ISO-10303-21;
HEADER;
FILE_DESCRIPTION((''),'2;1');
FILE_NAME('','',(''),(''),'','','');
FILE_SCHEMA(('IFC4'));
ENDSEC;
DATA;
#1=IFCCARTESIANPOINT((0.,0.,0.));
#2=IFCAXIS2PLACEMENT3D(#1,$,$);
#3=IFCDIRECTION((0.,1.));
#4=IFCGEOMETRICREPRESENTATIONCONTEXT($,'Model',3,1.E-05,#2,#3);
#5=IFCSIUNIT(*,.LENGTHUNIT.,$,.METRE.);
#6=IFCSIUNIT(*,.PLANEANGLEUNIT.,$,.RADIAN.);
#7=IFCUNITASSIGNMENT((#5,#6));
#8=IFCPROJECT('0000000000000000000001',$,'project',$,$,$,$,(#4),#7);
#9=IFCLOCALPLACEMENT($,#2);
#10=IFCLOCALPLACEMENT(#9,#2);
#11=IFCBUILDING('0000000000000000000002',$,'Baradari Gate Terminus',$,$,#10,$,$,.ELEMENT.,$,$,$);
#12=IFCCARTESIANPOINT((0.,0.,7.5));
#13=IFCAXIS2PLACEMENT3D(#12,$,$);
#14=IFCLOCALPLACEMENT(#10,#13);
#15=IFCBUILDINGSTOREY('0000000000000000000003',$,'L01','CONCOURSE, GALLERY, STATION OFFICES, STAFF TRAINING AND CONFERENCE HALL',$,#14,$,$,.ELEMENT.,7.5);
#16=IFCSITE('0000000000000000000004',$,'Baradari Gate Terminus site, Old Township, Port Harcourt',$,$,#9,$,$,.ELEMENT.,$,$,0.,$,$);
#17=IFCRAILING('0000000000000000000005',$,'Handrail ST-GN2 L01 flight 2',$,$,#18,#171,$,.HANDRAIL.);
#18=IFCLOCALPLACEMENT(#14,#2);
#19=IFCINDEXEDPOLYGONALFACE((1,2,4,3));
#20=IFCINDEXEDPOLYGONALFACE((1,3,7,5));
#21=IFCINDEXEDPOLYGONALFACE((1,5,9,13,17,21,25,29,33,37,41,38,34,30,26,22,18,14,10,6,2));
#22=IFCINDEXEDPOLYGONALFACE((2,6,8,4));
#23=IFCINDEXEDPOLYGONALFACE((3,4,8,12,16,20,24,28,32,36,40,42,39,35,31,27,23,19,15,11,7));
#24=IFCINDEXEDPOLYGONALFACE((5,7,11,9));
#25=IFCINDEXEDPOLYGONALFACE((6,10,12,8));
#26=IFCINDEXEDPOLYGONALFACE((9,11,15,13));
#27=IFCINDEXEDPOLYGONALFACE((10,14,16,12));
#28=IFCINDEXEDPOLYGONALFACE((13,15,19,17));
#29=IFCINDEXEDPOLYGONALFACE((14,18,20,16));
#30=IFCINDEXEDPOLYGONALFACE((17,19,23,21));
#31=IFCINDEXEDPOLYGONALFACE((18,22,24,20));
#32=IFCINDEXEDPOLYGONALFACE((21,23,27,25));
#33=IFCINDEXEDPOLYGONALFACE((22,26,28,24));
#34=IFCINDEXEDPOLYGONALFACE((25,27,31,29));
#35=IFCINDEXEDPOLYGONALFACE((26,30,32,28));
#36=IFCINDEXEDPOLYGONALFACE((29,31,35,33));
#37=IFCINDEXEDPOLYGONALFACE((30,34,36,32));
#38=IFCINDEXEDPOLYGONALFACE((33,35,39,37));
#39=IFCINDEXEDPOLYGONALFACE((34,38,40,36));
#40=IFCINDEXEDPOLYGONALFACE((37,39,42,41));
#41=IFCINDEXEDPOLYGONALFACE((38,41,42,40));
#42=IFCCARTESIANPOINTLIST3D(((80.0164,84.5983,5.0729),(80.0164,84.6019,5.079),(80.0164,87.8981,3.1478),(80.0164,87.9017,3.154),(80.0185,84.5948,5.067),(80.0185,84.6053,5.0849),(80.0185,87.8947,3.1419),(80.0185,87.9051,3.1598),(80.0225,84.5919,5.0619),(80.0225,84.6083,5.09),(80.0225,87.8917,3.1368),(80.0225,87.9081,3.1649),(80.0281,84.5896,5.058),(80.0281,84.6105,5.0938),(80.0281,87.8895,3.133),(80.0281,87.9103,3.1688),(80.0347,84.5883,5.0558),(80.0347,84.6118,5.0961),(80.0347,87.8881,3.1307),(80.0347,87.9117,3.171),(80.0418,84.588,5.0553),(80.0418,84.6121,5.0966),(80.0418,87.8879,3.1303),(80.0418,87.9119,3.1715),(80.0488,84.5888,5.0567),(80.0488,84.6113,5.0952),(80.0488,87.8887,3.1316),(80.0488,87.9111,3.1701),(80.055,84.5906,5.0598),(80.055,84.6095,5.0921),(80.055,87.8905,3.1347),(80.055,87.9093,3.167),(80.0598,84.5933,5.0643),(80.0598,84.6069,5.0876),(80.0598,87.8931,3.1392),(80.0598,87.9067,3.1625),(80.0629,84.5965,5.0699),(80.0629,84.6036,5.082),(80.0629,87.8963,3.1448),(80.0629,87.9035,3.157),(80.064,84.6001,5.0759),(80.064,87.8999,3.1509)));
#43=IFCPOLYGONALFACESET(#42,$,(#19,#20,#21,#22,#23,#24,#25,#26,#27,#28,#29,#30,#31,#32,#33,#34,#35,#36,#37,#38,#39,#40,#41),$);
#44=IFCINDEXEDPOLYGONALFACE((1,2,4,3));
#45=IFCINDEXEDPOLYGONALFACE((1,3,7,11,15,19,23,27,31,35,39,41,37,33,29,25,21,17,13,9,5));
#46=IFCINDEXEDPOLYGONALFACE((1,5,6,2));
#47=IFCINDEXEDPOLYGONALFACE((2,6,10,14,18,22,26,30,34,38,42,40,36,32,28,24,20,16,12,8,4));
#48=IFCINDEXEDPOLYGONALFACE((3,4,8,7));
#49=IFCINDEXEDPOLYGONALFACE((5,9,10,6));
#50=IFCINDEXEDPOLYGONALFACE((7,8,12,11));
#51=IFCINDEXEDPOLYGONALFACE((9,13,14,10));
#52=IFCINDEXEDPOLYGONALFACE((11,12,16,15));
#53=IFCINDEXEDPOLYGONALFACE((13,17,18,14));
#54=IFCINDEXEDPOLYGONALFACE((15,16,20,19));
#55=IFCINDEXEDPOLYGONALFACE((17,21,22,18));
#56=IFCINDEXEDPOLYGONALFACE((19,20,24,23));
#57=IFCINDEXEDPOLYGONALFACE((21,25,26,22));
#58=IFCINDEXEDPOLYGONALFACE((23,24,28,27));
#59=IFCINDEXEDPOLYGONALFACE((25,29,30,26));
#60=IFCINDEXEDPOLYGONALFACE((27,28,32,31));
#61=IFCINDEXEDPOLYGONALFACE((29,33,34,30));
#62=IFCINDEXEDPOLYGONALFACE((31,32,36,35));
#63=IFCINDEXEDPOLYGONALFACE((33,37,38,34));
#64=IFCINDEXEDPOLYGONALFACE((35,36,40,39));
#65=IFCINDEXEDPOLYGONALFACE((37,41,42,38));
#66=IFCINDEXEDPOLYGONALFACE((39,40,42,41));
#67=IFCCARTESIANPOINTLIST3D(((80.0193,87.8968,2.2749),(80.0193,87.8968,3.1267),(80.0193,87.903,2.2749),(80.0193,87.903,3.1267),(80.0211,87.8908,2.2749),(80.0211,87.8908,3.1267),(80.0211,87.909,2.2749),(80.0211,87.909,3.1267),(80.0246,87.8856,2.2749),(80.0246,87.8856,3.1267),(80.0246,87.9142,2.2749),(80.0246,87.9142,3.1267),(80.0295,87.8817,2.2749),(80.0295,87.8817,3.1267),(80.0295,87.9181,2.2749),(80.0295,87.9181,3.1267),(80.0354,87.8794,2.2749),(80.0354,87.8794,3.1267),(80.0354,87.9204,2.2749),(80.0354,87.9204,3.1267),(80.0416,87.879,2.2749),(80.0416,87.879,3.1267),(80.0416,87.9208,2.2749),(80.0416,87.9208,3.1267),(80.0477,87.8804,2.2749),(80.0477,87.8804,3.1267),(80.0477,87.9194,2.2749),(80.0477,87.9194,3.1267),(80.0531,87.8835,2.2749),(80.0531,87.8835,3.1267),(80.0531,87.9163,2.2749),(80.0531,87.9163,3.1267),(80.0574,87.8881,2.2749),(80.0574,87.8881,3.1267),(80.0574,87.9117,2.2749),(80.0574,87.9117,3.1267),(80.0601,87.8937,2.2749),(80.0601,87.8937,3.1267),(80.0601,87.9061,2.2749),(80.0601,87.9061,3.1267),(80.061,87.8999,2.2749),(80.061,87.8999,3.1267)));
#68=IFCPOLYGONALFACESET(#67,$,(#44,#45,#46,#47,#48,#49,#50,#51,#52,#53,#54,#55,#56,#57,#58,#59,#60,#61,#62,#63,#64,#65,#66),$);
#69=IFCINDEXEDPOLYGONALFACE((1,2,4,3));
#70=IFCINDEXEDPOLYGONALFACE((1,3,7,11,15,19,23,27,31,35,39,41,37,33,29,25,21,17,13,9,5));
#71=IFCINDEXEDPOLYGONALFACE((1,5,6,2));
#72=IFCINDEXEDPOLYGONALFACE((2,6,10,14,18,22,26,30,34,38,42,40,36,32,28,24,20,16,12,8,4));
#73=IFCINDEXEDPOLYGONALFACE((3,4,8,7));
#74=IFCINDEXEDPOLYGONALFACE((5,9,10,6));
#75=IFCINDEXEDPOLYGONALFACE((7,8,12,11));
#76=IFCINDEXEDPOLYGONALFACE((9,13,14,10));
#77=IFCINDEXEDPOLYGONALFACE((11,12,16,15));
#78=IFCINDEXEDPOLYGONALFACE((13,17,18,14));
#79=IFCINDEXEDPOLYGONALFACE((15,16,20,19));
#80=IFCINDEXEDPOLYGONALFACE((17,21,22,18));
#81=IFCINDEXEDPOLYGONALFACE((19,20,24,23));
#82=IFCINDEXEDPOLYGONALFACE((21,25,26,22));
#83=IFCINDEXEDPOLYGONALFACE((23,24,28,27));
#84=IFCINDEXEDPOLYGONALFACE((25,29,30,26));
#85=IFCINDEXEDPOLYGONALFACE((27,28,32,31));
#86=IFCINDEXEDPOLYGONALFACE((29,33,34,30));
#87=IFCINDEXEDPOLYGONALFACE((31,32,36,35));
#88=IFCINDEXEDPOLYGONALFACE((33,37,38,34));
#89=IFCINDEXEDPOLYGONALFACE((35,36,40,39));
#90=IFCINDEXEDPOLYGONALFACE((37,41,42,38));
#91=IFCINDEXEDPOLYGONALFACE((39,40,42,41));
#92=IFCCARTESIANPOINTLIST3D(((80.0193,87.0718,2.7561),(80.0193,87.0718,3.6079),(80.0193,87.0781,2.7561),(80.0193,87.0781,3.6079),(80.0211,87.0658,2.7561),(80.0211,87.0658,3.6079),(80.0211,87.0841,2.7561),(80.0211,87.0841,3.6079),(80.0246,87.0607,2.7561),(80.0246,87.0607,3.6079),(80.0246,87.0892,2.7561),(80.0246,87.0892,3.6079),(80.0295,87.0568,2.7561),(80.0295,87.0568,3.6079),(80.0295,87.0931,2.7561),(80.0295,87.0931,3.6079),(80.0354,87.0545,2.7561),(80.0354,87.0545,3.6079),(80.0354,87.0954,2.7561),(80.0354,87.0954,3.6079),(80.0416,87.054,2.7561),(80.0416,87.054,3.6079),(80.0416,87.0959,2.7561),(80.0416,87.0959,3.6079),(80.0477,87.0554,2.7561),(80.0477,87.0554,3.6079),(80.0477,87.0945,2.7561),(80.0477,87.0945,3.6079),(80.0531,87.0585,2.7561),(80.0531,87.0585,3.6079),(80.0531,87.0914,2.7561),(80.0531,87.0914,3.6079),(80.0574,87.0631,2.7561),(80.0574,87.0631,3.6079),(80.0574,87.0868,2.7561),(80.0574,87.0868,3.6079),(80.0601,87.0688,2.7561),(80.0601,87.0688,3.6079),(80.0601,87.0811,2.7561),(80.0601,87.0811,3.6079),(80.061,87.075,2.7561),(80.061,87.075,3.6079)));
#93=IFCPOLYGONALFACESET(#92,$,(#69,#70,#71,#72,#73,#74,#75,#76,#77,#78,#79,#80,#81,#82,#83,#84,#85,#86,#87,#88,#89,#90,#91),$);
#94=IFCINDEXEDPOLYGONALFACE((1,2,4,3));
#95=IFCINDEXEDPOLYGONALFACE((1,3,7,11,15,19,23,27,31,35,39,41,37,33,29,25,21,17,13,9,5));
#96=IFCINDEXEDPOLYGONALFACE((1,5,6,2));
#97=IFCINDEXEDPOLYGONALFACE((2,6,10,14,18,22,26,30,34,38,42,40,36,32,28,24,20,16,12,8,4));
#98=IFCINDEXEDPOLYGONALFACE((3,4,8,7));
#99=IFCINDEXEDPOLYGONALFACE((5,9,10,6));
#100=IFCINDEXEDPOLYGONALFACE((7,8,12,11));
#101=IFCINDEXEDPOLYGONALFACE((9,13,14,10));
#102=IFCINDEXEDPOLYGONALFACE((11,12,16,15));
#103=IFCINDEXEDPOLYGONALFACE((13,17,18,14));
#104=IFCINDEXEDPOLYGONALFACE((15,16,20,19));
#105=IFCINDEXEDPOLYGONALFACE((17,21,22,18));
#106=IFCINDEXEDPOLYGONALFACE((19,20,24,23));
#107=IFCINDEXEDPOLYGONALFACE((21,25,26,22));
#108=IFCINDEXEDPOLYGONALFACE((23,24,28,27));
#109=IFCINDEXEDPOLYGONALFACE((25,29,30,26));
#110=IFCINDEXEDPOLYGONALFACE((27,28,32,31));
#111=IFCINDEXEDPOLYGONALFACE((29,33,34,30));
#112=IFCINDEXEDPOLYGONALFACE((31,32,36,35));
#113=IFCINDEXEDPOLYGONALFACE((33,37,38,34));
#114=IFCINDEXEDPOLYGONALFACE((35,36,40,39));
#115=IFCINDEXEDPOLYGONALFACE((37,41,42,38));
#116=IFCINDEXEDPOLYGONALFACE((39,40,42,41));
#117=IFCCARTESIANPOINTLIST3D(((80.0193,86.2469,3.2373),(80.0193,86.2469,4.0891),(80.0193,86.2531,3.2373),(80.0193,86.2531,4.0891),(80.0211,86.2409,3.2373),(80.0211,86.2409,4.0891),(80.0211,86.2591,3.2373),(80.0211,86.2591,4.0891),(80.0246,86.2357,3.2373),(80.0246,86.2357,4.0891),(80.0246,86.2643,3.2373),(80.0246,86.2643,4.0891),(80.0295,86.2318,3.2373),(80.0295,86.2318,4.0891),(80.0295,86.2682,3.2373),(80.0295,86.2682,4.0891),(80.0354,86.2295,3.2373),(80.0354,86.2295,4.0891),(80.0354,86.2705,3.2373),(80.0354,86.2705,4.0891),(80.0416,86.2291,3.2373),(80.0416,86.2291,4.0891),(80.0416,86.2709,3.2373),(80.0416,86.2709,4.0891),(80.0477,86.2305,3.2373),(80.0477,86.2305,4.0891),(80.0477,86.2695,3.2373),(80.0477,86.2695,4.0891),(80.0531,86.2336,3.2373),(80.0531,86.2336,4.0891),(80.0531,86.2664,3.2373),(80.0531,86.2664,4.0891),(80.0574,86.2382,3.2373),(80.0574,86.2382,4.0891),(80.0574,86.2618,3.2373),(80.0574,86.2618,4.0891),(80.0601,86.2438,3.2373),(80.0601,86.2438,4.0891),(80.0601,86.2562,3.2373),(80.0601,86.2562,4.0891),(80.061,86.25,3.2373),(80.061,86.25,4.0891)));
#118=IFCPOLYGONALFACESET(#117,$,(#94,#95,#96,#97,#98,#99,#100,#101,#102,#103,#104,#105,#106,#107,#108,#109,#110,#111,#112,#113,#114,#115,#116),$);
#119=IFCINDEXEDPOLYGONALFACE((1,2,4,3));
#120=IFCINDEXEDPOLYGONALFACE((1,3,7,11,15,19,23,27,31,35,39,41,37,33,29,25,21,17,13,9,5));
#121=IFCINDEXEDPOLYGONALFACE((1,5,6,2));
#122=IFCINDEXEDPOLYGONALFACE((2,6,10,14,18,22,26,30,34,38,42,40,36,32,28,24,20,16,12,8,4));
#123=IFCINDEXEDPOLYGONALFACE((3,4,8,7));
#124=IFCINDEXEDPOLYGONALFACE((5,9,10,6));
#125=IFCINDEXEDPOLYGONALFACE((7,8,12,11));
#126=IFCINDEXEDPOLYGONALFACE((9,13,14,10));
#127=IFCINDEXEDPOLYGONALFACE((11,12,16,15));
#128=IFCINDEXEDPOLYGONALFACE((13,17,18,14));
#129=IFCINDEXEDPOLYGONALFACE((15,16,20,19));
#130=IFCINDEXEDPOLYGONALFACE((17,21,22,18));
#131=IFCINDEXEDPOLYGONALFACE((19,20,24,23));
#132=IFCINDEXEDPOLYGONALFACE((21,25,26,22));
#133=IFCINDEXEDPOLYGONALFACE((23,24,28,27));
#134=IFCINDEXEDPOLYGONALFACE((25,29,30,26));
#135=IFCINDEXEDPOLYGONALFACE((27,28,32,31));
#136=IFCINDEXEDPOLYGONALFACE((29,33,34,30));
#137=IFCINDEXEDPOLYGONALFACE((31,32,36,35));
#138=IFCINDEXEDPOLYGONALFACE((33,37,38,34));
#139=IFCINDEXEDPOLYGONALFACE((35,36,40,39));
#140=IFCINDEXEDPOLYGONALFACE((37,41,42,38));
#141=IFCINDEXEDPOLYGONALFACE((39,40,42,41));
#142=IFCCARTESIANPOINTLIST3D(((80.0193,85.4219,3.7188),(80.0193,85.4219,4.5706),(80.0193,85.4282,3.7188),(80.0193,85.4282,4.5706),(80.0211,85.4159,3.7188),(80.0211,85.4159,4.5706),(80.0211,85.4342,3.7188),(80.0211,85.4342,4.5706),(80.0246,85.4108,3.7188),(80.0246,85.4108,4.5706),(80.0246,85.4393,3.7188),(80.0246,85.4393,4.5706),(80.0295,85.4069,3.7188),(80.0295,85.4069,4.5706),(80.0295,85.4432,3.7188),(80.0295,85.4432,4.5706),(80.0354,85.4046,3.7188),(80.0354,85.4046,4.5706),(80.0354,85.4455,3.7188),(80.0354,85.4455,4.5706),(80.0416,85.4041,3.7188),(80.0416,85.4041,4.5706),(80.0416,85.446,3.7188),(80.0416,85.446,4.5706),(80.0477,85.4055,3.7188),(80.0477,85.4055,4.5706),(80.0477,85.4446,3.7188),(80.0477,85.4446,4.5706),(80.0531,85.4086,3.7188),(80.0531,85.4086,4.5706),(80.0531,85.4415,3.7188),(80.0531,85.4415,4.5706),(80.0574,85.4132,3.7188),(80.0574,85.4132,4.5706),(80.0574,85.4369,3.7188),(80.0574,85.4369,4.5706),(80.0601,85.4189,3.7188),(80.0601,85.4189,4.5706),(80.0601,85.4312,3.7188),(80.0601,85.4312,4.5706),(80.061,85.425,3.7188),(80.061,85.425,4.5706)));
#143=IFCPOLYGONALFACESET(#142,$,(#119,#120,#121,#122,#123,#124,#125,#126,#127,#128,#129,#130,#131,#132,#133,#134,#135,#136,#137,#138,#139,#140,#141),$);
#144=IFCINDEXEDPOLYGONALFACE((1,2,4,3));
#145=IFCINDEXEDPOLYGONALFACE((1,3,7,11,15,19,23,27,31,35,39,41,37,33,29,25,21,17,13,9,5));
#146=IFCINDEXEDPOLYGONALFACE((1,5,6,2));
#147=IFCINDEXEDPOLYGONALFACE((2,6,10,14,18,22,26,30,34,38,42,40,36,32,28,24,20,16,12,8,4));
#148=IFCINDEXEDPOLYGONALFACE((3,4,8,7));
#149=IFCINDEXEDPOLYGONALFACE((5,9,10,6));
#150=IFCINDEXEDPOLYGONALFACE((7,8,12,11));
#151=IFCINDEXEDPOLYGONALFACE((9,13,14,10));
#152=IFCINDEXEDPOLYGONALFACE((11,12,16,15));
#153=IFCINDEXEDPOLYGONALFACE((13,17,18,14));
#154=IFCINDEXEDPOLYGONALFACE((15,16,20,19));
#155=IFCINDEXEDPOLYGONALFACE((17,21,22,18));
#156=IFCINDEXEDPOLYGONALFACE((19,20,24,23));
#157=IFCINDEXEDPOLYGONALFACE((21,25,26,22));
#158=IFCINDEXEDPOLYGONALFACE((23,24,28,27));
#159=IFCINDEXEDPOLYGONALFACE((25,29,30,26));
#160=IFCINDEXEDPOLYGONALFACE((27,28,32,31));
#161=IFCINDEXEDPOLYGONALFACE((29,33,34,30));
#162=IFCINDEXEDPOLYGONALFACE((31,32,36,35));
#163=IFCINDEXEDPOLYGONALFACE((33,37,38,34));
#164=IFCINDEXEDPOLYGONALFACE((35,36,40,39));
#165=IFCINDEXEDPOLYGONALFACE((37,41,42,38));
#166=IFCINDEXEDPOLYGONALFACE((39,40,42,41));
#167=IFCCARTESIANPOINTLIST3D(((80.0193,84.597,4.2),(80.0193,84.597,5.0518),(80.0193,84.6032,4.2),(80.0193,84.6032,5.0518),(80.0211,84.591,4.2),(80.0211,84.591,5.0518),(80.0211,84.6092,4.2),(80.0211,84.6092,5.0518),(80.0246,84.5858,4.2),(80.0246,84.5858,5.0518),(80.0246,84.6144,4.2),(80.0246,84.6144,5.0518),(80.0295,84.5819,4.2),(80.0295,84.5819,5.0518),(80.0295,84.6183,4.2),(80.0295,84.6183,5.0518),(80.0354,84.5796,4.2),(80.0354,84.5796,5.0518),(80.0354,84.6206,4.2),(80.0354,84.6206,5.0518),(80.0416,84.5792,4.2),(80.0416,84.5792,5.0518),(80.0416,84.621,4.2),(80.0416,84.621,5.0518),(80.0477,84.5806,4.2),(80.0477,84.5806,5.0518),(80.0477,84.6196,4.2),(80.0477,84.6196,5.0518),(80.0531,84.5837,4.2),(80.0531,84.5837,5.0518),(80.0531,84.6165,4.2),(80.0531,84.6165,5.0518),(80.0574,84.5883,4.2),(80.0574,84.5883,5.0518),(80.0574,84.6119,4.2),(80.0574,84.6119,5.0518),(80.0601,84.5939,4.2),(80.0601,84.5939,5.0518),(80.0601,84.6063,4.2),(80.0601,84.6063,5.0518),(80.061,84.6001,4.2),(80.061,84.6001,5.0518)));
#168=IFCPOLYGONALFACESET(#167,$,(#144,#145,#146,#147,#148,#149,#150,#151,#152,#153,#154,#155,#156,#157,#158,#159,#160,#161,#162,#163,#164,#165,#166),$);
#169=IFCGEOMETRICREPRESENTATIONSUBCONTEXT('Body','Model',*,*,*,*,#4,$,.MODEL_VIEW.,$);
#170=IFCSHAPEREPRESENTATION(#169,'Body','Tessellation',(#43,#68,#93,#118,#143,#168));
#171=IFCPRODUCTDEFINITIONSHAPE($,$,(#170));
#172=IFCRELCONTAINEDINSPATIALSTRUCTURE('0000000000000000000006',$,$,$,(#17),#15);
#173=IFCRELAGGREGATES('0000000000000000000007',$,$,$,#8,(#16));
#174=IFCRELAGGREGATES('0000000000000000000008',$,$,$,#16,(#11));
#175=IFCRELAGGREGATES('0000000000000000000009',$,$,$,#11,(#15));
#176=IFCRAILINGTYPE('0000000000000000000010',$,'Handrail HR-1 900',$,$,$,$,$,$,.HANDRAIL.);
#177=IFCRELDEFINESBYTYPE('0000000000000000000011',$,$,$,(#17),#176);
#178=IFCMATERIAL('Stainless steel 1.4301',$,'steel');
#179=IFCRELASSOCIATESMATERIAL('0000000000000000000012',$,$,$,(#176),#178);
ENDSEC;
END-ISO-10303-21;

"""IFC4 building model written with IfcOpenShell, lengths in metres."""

from ifc_helpers import new_model, si_unit, direction, frame, origin, origin_2d, place, context, subcontext, project, spatial, circle, extrude, material, type_object, element, save


model = new_model("IFC4")

# Units and contexts
model_context = context("Model", 3, precision=1e-05, world=origin(), true_north=direction((0.0, 1.0)))
body_context = subcontext(model_context, "Body", "Model", "MODEL_VIEW")
ifc_project = project(units=[si_unit("LENGTHUNIT", "METRE"), si_unit("PLANEANGLEUNIT", "RADIAN")], contexts=[model_context])

# Site, building, storey
site_placement = place(None, origin())
site = spatial("IfcSite", under=ifc_project, at=site_placement, Name="Baradari Gate Terminus site, Old Township, Port Harcourt", CompositionType="ELEMENT", RefElevation=0.0)
building_placement = place(site_placement, origin())
building = spatial("IfcBuilding", under=site, at=building_placement, Name="Baradari Gate Terminus", CompositionType="ELEMENT")
storey_placement = place(building_placement, frame((0.0, 0.0, 7.5)))
storey = spatial("IfcBuildingStorey", under=building, at=storey_placement, Name="L01", Description="CONCOURSE, GALLERY, STATION OFFICES, STAFF TRAINING AND CONFERENCE HALL", CompositionType="ELEMENT", Elevation=7.5)

# Railing
ifc_material_1 = material(Name="Stainless steel 1.4301", Category="steel")
railing_type = type_object("IfcRailingType", Name="Handrail HR-1 900", PredefinedType="HANDRAIL", material=ifc_material_1)
for number, where, name in (
    (1, (80.04, 87.8999, 2.2749), "Handrail ST-GN2 L01 flight 2"),
):
    element("IfcRailing", number, at=place(storey_placement, frame(where)), inside=storey, type_object=railing_type, Name=name, PredefinedType="HANDRAIL", context=body_context, shape_type="SweptSolid", body=[
        extrude(circle(Radius=0.0239, at=origin_2d()), frame((0.0, 0.0, 0.876), z_axis=(0.0, -0.86376, 0.503903), x_axis=(1.0, 0.0, 0.0)), (0.0, 0.0, 1.0), 3.8203),
        extrude(circle(Radius=0.021, at=origin_2d()), origin(), (0.0, 0.0, 1.0), 0.8518),
        extrude(circle(Radius=0.021, at=origin_2d()), frame((0.0, -0.825, 0.4812)), (0.0, 0.0, 1.0), 0.8518),
        extrude(circle(Radius=0.021, at=origin_2d()), frame((0.0, -1.6499, 0.9624)), (0.0, 0.0, 1.0), 0.8518),
        extrude(circle(Radius=0.021, at=origin_2d()), frame((0.0, -2.4749, 1.4438)), (0.0, 0.0, 1.0), 0.8518),
        extrude(circle(Radius=0.021, at=origin_2d()), frame((0.0, -3.2998, 1.925)), (0.0, 0.0, 1.0), 0.8518),
    ])

save(model, "model.ifc")
